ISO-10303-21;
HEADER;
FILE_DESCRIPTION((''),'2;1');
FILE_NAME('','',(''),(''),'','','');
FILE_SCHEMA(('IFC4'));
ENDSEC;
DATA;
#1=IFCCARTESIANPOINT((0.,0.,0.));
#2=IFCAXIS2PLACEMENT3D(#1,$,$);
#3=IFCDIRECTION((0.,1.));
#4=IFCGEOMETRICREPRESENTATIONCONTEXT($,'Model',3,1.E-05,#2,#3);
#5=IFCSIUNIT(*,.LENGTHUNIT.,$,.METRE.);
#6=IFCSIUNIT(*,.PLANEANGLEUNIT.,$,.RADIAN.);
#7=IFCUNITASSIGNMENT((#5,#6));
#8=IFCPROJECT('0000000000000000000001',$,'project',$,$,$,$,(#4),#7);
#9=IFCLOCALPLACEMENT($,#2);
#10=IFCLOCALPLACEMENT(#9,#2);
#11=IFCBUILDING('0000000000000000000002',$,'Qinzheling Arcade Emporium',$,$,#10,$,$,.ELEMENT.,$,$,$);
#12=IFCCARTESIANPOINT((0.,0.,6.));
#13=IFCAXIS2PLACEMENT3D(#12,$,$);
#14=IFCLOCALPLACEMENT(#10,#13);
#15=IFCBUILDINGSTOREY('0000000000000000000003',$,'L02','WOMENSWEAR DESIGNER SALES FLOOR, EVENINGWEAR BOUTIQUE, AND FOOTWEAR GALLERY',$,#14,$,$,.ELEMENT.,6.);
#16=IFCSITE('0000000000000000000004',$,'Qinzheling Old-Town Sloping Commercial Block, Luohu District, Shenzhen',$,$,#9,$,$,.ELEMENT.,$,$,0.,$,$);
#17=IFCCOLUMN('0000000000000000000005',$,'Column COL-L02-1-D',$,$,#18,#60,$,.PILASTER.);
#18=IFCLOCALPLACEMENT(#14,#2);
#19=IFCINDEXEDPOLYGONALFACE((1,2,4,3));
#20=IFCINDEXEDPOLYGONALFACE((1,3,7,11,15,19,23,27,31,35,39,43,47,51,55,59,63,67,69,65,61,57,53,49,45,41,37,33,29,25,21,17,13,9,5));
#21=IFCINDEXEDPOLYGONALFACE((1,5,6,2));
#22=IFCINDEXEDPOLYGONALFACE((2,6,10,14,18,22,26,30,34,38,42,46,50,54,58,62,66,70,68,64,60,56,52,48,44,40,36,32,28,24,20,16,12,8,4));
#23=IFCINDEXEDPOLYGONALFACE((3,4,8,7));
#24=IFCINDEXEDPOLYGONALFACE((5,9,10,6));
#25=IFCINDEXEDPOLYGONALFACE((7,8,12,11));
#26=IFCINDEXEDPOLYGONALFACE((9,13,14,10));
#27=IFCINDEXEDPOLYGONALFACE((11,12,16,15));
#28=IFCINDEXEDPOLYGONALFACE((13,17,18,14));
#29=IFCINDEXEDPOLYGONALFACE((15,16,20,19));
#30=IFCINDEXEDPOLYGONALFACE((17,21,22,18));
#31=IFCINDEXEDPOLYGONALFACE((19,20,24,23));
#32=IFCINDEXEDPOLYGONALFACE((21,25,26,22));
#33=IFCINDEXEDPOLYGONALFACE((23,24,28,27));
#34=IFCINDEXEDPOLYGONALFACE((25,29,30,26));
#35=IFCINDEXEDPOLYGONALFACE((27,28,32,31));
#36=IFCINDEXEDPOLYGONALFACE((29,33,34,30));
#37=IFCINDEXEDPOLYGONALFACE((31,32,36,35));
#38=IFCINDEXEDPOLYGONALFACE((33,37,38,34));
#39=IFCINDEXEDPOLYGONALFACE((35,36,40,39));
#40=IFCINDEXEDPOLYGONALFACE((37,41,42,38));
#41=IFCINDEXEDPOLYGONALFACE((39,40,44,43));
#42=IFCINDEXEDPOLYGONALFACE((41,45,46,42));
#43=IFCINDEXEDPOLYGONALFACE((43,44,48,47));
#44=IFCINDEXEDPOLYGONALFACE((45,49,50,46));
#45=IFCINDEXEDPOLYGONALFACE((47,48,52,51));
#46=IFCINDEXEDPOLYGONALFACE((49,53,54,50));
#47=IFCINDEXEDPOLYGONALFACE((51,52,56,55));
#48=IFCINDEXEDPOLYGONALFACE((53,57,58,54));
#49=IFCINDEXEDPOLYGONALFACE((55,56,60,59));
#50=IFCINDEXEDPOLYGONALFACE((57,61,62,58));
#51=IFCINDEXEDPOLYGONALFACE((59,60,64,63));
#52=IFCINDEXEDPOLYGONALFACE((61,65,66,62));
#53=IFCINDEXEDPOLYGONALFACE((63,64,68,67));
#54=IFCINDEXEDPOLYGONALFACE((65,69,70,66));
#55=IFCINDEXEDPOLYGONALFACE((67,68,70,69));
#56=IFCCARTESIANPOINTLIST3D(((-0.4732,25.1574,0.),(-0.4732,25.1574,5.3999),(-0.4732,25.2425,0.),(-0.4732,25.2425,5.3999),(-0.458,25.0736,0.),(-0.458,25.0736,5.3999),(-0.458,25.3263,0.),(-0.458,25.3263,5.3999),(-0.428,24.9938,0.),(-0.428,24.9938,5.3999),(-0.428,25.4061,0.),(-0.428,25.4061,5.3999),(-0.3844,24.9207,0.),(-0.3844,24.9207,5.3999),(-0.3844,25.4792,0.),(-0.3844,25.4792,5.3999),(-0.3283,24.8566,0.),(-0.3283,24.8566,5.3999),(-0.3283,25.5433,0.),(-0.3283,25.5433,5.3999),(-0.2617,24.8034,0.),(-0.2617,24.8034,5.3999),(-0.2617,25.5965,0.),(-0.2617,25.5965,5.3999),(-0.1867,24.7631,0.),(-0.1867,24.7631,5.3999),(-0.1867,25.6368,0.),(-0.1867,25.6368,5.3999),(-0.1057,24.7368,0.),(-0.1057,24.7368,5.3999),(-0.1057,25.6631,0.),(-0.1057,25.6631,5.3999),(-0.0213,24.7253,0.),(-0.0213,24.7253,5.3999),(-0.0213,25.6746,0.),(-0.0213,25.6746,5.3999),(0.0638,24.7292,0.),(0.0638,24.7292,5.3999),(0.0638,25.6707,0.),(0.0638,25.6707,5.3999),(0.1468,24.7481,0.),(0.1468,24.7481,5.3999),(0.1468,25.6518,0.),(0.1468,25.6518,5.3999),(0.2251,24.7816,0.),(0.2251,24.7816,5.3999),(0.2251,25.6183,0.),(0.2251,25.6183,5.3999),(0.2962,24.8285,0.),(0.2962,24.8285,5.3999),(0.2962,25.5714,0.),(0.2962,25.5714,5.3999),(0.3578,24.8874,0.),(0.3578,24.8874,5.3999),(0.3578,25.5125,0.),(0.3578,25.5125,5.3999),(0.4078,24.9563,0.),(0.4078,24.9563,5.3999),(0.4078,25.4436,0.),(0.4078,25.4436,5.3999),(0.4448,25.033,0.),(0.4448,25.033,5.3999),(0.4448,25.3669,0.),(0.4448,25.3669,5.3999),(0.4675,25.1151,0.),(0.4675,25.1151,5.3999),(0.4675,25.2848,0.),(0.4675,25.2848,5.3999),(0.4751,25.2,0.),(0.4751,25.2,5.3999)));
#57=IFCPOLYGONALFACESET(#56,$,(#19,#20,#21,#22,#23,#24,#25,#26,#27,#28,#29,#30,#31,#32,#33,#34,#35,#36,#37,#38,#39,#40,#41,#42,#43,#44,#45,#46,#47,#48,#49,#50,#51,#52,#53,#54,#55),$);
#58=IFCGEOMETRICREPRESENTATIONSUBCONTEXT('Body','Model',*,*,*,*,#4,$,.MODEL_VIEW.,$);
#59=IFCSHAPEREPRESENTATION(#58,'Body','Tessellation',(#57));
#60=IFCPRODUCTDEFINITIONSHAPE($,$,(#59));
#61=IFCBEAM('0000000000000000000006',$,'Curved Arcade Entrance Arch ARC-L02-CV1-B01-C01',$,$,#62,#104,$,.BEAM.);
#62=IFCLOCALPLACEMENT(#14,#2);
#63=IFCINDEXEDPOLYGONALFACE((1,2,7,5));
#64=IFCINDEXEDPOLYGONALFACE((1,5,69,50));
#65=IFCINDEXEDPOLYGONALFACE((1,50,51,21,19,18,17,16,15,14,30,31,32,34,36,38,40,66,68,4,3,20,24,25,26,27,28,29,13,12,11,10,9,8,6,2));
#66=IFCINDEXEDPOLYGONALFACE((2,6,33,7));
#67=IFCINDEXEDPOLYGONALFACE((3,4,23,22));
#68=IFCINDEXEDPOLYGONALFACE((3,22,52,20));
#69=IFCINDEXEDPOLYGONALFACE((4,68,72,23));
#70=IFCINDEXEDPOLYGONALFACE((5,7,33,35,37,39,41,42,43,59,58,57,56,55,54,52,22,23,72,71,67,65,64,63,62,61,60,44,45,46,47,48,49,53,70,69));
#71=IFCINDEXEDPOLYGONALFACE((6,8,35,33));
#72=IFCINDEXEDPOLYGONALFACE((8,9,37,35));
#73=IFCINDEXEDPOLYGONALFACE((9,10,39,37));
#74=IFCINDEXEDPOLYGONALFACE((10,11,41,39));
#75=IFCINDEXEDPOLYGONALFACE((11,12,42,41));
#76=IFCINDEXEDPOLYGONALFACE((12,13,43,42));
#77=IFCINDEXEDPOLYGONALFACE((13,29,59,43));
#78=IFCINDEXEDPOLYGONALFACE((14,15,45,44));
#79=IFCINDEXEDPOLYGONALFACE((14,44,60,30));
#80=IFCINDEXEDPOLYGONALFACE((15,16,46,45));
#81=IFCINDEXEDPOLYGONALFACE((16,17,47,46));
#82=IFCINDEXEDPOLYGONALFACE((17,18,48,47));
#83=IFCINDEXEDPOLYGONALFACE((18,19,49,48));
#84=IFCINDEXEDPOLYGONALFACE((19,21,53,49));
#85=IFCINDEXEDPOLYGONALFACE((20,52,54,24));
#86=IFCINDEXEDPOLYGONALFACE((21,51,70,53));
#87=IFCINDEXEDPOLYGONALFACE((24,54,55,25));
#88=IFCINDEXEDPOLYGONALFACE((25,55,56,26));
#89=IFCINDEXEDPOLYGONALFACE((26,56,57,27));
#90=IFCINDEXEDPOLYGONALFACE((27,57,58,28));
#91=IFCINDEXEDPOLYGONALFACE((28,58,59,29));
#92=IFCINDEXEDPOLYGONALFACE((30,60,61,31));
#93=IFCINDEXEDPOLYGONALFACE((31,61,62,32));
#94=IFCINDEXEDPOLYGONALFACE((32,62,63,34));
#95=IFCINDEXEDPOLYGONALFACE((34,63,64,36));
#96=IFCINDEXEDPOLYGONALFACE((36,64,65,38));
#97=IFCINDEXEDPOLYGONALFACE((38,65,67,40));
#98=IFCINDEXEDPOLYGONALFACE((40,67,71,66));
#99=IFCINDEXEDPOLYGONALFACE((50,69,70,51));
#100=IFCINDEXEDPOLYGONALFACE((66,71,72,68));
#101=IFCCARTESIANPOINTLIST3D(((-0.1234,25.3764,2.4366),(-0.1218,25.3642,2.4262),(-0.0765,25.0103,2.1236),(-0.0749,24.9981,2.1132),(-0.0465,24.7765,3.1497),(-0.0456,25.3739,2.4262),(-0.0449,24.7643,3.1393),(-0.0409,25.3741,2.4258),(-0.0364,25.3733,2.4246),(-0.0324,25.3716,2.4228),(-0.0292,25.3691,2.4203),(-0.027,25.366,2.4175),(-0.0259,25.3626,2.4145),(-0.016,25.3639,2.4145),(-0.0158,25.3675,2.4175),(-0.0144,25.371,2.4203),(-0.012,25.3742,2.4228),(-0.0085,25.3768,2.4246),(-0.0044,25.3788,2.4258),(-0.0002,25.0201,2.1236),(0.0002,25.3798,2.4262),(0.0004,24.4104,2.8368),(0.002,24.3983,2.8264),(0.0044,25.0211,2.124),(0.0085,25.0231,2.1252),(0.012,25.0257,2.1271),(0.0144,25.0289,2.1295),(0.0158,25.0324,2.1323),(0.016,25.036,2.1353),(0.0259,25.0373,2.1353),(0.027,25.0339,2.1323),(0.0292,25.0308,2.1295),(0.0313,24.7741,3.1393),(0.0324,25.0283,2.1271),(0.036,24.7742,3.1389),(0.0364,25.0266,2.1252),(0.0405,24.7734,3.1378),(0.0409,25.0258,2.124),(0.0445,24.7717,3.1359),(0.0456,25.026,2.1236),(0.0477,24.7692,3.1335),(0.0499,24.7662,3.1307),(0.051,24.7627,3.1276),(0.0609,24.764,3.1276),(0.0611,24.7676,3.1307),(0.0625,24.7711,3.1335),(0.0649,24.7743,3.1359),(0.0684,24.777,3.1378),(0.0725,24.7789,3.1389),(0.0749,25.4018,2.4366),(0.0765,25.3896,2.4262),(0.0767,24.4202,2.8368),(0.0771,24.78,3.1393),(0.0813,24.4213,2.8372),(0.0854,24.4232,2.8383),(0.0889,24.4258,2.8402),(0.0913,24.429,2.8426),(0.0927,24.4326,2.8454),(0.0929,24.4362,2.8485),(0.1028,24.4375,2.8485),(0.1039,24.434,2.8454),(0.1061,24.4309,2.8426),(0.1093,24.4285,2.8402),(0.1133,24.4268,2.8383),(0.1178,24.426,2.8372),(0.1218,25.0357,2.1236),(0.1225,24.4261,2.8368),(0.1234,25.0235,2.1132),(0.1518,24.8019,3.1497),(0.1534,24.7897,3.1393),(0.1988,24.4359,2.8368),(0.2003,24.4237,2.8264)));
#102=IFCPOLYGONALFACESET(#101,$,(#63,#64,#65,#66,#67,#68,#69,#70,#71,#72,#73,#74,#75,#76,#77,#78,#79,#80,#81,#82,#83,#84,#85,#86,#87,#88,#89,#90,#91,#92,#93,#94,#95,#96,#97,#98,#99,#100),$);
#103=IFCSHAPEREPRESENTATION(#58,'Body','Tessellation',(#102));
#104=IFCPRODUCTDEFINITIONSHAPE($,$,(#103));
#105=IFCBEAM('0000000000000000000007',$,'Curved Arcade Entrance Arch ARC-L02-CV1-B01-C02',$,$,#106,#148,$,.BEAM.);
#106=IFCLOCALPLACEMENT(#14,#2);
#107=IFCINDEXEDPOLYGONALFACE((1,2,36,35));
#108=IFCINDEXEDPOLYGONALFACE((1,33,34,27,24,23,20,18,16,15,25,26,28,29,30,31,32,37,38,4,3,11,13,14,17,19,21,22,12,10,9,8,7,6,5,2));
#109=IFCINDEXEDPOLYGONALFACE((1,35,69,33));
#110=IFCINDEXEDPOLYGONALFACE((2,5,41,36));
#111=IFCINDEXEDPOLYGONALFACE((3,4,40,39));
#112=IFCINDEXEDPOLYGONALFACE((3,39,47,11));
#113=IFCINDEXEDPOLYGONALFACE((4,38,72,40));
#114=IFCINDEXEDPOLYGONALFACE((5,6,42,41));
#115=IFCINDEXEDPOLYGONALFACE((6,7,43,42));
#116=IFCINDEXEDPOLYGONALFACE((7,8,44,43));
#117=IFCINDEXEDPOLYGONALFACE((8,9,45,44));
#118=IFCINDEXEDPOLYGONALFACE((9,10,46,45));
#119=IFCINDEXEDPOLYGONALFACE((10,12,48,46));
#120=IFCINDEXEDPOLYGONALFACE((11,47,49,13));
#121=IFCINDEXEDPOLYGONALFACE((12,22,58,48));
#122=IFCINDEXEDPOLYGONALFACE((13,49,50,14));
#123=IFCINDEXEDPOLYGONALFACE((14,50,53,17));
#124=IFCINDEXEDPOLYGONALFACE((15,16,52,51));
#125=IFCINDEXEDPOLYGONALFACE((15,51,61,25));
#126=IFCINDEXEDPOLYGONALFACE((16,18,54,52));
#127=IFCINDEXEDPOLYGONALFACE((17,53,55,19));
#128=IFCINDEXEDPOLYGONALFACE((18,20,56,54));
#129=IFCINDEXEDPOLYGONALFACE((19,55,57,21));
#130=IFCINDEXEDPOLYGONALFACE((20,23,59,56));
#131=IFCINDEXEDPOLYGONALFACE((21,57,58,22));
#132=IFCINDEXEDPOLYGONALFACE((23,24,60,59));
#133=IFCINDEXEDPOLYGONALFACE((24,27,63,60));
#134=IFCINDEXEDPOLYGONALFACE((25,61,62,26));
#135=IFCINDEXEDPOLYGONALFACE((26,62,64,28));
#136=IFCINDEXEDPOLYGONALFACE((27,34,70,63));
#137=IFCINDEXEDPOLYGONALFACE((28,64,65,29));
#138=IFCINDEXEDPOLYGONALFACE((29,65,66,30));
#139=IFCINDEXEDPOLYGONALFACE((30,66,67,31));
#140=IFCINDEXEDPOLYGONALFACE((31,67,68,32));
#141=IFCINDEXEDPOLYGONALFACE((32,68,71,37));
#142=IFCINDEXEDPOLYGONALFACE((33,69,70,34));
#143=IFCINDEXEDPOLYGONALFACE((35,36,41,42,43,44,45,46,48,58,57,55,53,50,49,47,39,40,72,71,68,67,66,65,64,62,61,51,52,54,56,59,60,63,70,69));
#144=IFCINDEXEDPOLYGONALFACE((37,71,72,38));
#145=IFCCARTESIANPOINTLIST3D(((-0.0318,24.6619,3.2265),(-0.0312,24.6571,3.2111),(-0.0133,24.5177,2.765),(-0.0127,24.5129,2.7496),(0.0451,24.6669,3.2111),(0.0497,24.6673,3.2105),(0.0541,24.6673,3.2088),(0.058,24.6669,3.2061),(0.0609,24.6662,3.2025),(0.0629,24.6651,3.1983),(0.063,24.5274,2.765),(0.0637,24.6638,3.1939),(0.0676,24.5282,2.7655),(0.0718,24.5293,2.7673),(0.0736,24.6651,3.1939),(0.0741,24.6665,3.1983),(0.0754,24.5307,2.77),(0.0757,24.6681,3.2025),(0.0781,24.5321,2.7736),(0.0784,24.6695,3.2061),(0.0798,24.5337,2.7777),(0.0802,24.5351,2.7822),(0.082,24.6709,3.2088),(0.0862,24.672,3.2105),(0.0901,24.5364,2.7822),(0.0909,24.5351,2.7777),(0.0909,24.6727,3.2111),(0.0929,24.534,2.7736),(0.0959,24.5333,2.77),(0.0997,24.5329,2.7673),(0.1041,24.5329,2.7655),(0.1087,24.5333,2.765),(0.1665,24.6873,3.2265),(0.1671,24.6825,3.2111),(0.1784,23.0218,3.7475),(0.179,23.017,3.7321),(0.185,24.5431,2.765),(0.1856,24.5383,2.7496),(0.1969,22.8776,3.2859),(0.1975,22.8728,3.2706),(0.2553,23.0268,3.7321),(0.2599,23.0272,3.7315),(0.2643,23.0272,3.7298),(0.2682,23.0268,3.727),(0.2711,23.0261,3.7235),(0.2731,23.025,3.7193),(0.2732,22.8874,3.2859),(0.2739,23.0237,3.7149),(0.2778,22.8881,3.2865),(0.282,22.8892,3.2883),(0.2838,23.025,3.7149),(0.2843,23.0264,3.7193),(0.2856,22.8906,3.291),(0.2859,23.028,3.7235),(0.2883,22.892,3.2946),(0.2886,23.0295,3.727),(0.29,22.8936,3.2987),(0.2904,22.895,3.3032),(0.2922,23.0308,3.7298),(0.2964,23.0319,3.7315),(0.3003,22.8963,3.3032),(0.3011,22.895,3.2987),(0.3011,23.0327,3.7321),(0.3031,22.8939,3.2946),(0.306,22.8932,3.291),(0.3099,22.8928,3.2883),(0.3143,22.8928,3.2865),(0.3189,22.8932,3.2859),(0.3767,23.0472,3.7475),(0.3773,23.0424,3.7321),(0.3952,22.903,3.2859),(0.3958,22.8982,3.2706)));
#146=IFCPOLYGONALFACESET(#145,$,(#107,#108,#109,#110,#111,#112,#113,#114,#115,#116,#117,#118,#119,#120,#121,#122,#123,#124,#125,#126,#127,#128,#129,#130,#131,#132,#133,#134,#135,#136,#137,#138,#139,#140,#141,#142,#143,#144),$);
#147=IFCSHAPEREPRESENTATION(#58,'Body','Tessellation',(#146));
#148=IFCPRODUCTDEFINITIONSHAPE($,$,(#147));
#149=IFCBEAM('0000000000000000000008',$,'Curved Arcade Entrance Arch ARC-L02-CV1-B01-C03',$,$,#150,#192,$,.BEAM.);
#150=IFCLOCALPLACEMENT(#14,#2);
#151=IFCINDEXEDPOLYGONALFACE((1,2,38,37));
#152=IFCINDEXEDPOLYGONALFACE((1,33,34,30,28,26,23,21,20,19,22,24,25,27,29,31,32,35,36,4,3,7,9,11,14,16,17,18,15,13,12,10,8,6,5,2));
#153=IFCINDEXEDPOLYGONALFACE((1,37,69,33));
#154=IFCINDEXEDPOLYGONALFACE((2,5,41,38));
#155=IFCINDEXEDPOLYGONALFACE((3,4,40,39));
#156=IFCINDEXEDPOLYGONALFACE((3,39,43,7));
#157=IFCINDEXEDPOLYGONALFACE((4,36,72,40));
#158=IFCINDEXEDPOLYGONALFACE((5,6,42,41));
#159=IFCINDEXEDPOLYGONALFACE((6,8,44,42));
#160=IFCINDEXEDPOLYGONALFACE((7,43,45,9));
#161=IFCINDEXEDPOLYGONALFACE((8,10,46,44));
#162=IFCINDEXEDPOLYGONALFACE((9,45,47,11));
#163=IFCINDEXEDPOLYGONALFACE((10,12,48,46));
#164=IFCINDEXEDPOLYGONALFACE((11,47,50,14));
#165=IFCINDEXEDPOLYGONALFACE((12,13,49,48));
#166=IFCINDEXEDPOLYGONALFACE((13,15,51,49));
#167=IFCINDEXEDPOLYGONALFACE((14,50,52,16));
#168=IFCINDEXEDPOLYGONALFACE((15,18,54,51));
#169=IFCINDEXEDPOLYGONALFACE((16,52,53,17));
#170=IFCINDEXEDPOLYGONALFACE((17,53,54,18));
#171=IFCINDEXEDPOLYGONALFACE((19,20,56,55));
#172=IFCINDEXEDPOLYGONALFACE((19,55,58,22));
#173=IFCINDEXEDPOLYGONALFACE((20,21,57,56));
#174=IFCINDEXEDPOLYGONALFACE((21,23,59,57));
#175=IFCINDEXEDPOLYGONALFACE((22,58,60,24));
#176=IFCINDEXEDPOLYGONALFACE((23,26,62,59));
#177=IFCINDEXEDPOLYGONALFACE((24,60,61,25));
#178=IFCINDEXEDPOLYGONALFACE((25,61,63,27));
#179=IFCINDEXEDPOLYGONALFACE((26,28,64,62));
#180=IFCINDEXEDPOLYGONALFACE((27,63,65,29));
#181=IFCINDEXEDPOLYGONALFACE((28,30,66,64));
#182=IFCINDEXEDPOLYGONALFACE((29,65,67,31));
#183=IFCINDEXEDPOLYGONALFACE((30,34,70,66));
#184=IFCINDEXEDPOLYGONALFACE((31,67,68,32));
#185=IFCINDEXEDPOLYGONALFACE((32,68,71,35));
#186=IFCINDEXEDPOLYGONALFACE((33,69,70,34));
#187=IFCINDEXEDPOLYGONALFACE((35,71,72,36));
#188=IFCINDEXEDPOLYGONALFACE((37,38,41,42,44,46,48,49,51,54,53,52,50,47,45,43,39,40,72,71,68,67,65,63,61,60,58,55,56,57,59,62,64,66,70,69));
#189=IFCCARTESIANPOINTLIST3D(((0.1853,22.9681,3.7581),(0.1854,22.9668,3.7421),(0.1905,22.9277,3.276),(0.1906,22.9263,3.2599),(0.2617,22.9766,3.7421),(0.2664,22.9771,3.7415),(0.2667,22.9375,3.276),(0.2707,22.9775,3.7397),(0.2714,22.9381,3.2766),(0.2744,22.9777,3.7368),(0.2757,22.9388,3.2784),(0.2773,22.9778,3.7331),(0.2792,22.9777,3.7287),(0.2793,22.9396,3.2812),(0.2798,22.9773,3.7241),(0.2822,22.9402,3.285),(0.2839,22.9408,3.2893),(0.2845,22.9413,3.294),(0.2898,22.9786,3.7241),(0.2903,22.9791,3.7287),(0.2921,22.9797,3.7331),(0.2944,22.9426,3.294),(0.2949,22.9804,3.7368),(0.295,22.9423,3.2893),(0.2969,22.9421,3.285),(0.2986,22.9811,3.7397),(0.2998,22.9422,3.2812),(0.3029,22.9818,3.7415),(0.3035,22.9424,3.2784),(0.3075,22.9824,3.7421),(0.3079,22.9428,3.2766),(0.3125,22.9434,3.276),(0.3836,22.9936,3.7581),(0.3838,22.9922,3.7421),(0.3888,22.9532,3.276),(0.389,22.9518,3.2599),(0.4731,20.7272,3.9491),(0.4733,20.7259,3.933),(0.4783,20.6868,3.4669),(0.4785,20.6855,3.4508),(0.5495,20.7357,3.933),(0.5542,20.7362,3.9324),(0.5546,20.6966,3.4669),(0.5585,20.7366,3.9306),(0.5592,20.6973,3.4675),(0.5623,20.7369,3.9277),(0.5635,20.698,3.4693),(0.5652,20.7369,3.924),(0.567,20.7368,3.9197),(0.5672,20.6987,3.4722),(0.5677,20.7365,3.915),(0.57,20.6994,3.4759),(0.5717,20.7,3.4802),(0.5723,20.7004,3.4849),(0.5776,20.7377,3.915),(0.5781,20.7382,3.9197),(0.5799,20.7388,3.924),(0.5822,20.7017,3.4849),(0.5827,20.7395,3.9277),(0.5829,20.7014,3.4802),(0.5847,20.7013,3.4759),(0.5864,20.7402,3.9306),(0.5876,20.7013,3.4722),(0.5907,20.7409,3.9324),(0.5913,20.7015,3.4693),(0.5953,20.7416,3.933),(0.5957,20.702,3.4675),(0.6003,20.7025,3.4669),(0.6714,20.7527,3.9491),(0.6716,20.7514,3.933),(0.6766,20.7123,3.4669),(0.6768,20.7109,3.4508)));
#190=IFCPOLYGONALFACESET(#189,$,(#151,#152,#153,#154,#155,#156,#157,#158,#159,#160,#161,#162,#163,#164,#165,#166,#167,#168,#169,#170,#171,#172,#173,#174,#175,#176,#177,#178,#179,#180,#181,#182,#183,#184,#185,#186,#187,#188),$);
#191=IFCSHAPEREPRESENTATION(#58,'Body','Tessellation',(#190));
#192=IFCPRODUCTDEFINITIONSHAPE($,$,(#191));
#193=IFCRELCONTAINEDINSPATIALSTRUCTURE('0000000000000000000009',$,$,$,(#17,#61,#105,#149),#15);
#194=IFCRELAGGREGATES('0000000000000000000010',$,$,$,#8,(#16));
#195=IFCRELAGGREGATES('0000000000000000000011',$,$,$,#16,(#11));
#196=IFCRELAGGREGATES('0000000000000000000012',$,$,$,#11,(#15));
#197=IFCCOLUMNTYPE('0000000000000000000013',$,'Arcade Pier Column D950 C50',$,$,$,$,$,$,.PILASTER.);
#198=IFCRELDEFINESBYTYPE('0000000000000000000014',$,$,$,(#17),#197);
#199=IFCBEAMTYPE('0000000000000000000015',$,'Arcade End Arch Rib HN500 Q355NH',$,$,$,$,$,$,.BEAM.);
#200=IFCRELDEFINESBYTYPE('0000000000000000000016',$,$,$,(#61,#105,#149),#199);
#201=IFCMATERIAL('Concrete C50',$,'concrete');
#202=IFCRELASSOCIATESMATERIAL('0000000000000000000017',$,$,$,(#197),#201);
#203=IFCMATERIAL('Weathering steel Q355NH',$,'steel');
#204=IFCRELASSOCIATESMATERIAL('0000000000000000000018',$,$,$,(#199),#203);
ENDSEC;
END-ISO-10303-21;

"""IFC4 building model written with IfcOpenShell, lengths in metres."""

from ifc_helpers import new_model, si_unit, direction, frame, origin, origin_2d, place, context, subcontext, project, spatial, circle, i_section, extrude, material, material_profile, profile_set, type_object, element, save


model = new_model("IFC4")

# Units and contexts
model_context = context("Model", 3, precision=1e-05, world=origin(), true_north=direction((0.0, 1.0)))
body_context = subcontext(model_context, "Body", "Model", "MODEL_VIEW")
ifc_project = project(units=[si_unit("LENGTHUNIT", "METRE"), si_unit("PLANEANGLEUNIT", "RADIAN")], contexts=[model_context])

# Site, building, storey
site_placement = place(None, origin())
site = spatial("IfcSite", under=ifc_project, at=site_placement, Name="Qinzheling Old-Town Sloping Commercial Block, Luohu District, Shenzhen", CompositionType="ELEMENT", RefElevation=0.0)
building_placement = place(site_placement, origin())
building = spatial("IfcBuilding", under=site, at=building_placement, Name="Qinzheling Arcade Emporium", CompositionType="ELEMENT")
storey_placement = place(building_placement, frame((0.0, 0.0, 6.0)))
storey = spatial("IfcBuildingStorey", under=building, at=storey_placement, Name="L02", Description="WOMENSWEAR DESIGNER SALES FLOOR, EVENINGWEAR BOUTIQUE, AND FOOTWEAR GALLERY", CompositionType="ELEMENT", Elevation=6.0)

# Column
ifc_material_1 = material(Name="Concrete C50", Category="concrete")
ifc_material_profile_1 = material_profile(ifc_material_1, circle(Radius=0.4751, at=origin_2d()), Name="RC D950", Category="concrete")
ifc_profile_set_1 = profile_set([ifc_material_profile_1], Name="Concrete C50")
column_type = type_object("IfcColumnType", Name="Arcade Pier Column D950 C50", PredefinedType="PILASTER", material=ifc_profile_set_1)
column_placement = place(storey_placement, frame((0.0, 25.2, 0.0), z_axis=(0.0, 0.0, 1.0), x_axis=(1.0, 0.0, 0.0)))
element("IfcColumn", 1, at=column_placement, inside=storey, type_object=column_type, Name="Column COL-L02-1-D", PredefinedType="PILASTER", context=body_context, shape_type="SweptSolid", body=[
    extrude(circle(Radius=0.4751, at=origin_2d()), origin(), (0.0, 0.0, 1.0), 5.3999),
])

# Beams
ifc_material_2 = material(Name="Weathering steel Q355NH", Category="steel")
ifc_material_profile_2 = material_profile(ifc_material_2, i_section(OverallWidth=0.2, OverallDepth=0.5, WebThickness=0.01, FlangeThickness=0.0161, FilletRadius=0.0181, at=origin_2d()), Name="HN 500x200x10x16", Category="steel")
ifc_profile_set_2 = profile_set([ifc_material_profile_2], Name="Weathering steel Q355NH")
beam_type_1 = type_object("IfcBeamType", Name="Arcade End Arch Rib HN500 Q355NH", PredefinedType="BEAM", material=ifc_profile_set_2)
beam_1_placement = place(storey_placement, frame((0.0, 25.2, 2.2749), z_axis=(0.082247, -0.641527, 0.762678), x_axis=(0.991882, 0.127164, 0.0)))
element("IfcBeam", 2, at=beam_1_placement, inside=storey, type_object=beam_type_1, Name="Curved Arcade Entrance Arch ARC-L02-CV1-B01-C01", PredefinedType="BEAM", context=body_context, shape_type="SweptSolid", body=[
    extrude(i_section(OverallWidth=0.2, OverallDepth=0.5, WebThickness=0.01, FlangeThickness=0.0161, FilletRadius=0.0181, at=origin_2d()), origin(), (0.0, 0.0, 1.0), 0.9351),
])
beam_2_placement = place(storey_placement, frame((0.0769, 24.6001, 2.988), z_axis=(0.121247, -0.94604, 0.300513), x_axis=(0.991887, 0.127123, 0.0)))
element("IfcBeam", 3, at=beam_2_placement, inside=storey, type_object=beam_type_1, Name="Curved Arcade Entrance Arch ARC-L02-CV1-B01-C02", PredefinedType="BEAM", context=body_context, shape_type="SweptSolid", body=[
    extrude(i_section(OverallWidth=0.2, OverallDepth=0.5, WebThickness=0.01, FlangeThickness=0.0161, FilletRadius=0.0181, at=origin_2d()), origin(), (0.0, 0.0, 1.0), 1.7336),
])
beam_3_placement = place(storey_placement, frame((0.2871, 22.96, 3.509), z_axis=(0.126946, -0.988329, 0.0842), x_axis=(0.991852, 0.127399, 0.0)))
element("IfcBeam", 4, at=beam_3_placement, inside=storey, type_object=beam_type_1, Name="Curved Arcade Entrance Arch ARC-L02-CV1-B01-C03", PredefinedType="BEAM", context=body_context, shape_type="SweptSolid", body=[
    extrude(i_section(OverallWidth=0.2, OverallDepth=0.5, WebThickness=0.01, FlangeThickness=0.0161, FilletRadius=0.0181, at=origin_2d()), origin(), (0.0, 0.0, 1.0), 2.2673),
])

save(model, "model.ifc")
